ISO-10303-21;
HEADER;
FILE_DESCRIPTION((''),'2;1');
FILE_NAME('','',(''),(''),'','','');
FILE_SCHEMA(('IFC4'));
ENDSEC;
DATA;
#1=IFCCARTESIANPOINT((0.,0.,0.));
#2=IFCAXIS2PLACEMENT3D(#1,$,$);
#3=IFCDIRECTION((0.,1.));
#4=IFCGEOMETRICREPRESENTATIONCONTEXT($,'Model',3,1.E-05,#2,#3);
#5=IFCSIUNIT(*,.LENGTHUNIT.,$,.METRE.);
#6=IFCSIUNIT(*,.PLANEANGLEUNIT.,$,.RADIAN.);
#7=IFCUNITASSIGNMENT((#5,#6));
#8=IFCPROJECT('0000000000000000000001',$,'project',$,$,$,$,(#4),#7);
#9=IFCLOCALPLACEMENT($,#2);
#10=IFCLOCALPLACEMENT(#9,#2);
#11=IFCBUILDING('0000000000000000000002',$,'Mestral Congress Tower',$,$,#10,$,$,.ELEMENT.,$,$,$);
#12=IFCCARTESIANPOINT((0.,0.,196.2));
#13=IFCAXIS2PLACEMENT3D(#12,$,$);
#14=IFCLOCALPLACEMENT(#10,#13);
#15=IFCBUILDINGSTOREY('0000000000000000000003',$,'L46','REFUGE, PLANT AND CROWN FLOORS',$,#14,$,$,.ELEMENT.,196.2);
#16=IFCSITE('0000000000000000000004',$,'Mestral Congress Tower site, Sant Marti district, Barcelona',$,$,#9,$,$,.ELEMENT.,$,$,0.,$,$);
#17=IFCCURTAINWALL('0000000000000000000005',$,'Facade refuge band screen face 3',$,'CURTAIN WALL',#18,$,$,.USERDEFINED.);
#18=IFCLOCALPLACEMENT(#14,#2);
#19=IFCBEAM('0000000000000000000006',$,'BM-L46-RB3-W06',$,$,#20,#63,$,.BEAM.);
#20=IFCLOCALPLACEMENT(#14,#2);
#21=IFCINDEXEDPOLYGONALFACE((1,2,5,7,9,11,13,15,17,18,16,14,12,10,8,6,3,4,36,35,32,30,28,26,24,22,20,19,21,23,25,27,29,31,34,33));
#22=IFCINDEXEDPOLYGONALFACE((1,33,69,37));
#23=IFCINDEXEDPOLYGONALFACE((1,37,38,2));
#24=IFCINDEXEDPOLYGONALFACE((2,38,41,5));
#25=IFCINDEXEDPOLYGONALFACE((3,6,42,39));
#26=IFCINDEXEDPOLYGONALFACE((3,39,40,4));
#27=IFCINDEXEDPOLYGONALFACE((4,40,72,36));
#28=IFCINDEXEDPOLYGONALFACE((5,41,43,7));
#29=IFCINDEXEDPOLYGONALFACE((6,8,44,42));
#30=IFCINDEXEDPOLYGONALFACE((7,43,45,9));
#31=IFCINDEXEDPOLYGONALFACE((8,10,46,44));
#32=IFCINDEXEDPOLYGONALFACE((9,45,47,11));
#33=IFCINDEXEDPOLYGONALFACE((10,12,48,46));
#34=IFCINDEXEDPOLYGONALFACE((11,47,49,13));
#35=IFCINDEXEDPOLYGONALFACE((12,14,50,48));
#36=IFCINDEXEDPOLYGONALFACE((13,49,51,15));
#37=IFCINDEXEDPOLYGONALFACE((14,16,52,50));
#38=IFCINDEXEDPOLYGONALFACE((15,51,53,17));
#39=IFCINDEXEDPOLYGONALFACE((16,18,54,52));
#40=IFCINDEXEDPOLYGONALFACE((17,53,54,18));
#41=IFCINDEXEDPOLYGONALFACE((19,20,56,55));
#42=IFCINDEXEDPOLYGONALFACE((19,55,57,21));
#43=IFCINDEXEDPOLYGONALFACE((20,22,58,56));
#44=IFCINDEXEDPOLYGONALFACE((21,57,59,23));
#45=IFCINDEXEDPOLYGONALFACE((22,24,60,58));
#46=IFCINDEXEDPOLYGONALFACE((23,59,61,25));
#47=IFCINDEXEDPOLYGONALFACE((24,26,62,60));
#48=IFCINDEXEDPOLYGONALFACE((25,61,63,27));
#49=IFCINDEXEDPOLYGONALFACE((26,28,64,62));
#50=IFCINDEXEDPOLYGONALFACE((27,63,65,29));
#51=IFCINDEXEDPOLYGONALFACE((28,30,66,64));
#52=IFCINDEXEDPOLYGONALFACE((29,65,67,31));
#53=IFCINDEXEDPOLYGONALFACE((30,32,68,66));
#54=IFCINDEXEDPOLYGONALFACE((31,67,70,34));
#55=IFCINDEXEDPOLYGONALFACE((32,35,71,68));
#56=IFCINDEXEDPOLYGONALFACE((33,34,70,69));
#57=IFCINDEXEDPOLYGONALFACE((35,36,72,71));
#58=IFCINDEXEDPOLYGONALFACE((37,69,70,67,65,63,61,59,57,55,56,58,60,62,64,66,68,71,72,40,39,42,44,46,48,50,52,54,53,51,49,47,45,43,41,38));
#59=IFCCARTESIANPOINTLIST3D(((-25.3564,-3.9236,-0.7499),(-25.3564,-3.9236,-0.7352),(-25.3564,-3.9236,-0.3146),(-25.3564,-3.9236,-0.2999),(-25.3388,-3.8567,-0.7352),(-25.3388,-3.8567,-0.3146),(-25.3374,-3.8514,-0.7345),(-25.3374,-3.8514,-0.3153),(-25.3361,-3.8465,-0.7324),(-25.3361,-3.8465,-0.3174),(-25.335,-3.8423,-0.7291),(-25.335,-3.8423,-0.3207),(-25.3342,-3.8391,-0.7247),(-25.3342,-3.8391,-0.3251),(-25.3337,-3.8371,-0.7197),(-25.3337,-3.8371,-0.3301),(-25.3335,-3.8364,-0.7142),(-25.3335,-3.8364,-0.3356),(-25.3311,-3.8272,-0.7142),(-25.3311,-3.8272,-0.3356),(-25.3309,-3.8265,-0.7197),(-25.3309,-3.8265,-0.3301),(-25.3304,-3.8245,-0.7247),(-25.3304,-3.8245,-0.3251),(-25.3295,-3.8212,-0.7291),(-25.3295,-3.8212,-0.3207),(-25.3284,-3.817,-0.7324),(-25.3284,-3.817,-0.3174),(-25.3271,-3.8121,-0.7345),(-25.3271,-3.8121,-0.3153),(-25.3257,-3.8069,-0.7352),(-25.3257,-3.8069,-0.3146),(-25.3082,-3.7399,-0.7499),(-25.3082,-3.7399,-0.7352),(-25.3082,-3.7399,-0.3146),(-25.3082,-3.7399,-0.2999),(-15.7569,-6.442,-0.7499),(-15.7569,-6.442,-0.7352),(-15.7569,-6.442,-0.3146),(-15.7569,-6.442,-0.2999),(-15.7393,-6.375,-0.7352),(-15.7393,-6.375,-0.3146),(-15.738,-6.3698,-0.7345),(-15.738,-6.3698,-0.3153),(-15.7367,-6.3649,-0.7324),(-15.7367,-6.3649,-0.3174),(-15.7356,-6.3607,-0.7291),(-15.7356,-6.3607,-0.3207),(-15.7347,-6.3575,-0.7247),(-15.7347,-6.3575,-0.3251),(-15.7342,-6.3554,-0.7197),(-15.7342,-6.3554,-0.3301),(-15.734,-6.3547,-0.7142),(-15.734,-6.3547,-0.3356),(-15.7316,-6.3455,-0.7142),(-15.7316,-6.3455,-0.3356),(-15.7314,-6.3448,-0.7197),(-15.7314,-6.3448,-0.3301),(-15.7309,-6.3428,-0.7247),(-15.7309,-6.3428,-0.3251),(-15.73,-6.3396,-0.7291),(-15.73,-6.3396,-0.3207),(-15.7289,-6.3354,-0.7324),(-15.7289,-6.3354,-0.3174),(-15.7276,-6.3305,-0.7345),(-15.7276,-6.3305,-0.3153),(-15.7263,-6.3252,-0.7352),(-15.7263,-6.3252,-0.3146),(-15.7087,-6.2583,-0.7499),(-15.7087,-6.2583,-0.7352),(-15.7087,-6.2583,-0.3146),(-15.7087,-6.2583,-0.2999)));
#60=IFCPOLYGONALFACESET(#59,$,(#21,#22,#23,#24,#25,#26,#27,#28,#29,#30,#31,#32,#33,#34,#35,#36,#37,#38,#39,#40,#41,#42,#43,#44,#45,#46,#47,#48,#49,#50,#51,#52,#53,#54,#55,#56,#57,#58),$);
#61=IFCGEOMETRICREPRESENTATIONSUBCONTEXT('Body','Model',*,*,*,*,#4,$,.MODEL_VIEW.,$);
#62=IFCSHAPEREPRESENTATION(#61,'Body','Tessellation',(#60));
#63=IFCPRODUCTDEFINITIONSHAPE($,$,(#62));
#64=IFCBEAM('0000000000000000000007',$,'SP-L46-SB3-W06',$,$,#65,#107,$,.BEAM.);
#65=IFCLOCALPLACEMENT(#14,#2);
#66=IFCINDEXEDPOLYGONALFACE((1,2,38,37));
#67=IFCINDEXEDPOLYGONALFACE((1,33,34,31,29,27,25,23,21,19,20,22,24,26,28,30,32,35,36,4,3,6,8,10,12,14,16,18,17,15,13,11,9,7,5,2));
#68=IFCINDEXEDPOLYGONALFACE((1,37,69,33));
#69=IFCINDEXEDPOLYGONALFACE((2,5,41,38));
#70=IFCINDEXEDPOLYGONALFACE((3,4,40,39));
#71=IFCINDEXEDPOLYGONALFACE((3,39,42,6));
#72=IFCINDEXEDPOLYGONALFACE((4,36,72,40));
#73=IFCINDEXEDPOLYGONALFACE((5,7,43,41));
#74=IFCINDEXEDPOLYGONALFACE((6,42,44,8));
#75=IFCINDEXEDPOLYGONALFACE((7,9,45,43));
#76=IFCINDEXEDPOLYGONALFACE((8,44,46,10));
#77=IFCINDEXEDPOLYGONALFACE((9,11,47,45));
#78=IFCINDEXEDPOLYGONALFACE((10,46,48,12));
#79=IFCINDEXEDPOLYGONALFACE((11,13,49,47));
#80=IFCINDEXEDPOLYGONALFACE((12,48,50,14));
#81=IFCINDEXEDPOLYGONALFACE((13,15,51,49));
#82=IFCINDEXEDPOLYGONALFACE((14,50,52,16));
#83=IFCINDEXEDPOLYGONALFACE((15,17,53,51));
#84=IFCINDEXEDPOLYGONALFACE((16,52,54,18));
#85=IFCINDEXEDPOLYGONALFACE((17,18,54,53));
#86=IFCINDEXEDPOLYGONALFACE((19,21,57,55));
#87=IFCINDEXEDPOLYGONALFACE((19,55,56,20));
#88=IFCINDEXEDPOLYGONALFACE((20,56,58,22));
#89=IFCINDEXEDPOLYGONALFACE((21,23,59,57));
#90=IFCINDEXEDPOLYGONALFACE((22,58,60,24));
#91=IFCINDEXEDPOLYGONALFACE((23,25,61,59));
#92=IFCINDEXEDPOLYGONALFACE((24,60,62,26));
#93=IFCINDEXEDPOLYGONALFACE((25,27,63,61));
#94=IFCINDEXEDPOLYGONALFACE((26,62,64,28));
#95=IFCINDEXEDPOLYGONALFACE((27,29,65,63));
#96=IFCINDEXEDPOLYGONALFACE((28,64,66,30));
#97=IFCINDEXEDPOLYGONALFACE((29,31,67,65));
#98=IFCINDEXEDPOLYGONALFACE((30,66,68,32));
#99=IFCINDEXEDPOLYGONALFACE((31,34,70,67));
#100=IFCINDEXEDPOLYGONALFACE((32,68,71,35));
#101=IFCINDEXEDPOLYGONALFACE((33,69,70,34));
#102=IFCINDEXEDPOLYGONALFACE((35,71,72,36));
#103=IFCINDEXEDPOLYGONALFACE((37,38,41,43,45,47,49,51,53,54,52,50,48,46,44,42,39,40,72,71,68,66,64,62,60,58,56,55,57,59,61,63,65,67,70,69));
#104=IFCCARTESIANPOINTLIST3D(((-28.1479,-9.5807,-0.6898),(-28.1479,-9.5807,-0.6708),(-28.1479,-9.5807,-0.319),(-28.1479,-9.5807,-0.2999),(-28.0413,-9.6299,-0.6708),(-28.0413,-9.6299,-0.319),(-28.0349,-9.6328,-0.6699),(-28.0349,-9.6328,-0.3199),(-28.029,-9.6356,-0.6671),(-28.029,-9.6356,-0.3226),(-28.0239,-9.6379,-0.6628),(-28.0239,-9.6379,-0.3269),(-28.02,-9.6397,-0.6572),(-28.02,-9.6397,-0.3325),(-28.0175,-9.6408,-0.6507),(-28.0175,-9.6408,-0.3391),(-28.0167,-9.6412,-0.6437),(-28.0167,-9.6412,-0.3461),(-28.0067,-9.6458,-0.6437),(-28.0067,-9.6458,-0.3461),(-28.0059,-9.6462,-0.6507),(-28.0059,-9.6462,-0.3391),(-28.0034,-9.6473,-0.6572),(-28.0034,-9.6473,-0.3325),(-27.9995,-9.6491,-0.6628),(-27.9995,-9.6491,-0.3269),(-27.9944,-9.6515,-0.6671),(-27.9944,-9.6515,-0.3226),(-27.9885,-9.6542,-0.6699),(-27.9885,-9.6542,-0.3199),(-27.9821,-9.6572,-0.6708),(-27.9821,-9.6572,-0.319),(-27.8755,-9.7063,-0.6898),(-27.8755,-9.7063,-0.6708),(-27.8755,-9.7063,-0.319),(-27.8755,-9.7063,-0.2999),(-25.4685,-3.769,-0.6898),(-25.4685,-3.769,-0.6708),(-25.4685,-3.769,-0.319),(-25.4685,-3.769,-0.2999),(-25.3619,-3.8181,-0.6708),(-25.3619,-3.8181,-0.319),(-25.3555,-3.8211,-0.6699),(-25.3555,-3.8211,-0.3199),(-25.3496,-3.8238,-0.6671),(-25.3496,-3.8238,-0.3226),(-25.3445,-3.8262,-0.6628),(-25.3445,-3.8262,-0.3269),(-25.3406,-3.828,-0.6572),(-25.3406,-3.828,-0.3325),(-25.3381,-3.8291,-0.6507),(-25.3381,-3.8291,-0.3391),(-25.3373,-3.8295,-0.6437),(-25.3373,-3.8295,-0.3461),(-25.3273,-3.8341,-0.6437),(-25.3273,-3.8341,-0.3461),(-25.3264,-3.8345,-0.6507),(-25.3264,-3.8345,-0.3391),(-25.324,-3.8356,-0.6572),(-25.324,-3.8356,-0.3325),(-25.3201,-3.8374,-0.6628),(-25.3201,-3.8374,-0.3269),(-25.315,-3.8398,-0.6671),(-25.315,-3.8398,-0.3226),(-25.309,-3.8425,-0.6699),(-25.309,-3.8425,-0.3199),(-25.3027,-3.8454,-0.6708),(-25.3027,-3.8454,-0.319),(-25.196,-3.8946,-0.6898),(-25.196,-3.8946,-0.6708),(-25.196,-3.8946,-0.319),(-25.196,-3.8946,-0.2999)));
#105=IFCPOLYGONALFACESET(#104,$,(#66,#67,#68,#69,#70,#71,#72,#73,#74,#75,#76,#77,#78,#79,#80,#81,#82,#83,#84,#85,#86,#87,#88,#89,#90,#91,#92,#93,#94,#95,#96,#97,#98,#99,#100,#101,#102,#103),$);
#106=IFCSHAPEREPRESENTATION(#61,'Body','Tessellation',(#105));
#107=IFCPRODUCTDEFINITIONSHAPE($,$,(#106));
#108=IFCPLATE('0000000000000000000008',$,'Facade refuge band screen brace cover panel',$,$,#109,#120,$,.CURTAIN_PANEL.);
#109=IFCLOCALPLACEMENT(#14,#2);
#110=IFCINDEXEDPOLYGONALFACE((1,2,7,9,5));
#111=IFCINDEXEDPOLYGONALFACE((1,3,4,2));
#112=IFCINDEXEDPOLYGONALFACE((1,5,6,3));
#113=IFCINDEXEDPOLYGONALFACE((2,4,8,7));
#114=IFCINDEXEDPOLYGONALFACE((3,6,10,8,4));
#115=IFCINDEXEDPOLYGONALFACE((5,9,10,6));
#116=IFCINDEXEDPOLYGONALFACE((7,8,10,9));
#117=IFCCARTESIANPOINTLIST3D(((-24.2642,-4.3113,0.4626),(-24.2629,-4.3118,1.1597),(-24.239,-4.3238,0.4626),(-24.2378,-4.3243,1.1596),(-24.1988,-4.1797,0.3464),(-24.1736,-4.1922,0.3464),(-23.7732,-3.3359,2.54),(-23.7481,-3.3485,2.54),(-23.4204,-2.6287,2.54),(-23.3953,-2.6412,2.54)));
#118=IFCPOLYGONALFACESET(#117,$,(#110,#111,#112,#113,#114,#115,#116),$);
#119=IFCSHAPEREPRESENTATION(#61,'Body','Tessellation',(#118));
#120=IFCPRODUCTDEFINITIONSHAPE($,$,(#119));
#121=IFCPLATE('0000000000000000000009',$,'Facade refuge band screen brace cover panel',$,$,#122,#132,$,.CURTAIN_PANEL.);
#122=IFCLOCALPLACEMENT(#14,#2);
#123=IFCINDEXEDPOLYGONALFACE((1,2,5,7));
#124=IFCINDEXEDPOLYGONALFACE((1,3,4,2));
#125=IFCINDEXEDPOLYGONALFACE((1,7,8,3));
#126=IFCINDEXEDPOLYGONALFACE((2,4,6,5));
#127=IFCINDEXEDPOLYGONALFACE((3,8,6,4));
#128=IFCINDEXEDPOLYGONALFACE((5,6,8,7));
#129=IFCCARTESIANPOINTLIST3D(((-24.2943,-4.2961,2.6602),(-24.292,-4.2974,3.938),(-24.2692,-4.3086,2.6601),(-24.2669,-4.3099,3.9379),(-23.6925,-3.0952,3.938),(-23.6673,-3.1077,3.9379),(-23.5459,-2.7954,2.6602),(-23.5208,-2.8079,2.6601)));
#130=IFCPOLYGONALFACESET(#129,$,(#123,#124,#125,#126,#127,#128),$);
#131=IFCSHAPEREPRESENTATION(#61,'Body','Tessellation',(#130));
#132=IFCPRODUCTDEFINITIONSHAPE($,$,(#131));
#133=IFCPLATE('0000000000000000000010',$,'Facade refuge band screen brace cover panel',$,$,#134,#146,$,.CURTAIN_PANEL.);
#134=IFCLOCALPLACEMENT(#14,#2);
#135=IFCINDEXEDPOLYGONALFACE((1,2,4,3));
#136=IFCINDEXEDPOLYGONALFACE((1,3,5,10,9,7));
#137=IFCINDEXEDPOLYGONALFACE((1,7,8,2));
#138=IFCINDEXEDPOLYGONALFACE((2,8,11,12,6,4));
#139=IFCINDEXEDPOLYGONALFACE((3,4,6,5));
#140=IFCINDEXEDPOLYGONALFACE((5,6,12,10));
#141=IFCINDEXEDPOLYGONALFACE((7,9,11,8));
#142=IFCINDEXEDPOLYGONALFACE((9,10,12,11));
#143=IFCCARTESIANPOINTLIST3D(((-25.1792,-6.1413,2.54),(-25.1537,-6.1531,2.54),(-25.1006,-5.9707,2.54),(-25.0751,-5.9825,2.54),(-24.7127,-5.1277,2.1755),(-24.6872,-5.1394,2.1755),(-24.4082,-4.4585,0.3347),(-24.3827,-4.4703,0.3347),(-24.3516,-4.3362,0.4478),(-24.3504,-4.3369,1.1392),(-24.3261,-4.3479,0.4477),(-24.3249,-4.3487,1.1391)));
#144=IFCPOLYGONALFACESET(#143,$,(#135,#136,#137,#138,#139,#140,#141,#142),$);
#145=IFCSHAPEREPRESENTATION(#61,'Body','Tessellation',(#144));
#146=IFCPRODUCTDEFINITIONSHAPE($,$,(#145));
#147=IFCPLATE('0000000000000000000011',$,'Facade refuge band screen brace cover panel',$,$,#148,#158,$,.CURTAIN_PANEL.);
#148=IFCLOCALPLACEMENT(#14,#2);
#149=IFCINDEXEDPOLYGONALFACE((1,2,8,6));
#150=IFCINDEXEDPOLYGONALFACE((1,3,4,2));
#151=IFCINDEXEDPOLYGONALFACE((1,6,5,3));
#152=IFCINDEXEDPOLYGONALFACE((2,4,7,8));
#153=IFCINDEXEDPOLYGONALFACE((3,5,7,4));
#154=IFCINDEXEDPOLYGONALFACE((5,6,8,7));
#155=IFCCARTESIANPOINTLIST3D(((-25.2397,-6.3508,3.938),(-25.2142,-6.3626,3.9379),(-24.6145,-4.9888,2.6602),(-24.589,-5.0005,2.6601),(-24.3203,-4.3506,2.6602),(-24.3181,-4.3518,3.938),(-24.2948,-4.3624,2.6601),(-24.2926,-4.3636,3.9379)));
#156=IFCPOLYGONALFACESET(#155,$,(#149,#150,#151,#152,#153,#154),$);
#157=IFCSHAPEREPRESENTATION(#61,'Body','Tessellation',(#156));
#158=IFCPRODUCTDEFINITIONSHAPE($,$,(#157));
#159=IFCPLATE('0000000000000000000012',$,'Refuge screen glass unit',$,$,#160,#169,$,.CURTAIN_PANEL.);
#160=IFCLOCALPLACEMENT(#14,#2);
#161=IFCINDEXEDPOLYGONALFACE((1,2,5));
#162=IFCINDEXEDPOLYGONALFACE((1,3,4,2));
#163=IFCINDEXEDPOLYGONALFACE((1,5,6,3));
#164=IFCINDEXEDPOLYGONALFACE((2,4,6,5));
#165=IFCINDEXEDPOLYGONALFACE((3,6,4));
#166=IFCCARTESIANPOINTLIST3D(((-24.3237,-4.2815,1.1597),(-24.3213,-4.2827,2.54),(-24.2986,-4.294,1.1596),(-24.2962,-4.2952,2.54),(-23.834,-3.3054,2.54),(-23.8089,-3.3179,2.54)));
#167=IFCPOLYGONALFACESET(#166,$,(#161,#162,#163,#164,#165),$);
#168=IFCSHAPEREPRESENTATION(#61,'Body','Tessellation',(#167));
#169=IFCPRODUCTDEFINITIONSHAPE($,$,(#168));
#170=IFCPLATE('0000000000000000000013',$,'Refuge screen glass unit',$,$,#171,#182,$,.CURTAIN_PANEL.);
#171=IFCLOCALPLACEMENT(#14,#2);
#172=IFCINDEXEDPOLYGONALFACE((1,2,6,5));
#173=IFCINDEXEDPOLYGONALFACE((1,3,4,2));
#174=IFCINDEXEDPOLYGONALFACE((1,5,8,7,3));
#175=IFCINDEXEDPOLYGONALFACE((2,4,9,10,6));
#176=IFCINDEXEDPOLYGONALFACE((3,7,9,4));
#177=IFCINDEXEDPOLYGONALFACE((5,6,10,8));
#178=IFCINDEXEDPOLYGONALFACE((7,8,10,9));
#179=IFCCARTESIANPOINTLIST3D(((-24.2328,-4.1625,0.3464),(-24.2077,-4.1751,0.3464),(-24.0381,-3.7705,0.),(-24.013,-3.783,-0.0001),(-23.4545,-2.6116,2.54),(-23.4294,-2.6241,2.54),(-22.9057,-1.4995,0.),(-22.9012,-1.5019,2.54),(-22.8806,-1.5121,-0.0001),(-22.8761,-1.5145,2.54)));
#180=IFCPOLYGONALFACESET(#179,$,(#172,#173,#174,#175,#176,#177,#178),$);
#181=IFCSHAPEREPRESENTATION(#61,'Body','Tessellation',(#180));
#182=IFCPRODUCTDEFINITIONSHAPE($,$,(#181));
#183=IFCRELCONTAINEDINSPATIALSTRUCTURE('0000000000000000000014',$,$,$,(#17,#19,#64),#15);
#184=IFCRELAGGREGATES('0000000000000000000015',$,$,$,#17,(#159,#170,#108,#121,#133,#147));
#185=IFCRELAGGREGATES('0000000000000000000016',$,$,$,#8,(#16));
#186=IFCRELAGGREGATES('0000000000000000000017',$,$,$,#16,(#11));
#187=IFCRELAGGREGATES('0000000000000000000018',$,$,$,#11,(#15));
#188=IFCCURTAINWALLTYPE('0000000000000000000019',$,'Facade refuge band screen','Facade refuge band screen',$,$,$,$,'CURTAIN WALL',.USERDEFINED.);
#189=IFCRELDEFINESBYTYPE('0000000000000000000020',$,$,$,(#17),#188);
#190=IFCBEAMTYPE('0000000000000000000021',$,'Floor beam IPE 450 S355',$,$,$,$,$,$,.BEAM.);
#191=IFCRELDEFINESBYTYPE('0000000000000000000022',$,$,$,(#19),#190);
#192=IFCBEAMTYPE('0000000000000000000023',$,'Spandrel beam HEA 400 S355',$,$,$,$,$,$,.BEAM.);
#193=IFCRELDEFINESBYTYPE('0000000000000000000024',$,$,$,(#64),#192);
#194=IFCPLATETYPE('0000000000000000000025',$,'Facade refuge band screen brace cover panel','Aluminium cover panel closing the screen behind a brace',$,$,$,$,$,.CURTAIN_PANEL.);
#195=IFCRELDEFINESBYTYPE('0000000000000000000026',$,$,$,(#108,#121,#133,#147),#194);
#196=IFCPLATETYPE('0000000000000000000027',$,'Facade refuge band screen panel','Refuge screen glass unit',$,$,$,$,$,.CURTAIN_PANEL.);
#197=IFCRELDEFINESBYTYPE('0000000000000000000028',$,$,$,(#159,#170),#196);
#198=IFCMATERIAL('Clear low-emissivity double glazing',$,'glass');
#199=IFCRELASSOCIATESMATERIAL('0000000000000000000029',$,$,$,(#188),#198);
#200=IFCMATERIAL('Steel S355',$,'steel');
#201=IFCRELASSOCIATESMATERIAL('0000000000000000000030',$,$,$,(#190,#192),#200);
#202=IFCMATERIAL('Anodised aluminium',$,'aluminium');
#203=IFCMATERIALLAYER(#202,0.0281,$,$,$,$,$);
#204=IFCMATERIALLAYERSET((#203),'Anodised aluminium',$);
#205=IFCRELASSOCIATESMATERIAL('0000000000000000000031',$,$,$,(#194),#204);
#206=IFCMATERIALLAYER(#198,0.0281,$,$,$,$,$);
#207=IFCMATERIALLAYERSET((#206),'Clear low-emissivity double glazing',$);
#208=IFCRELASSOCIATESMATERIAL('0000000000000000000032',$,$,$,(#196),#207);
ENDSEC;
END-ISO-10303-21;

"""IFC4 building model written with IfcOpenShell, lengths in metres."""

from ifc_helpers import new_model, si_unit, direction, frame, origin, origin_2d, place, context, subcontext, project, spatial, polyline, i_section, outline, extrude, material, layer, layer_set, material_profile, profile_set, type_object, element, aggregate, save


model = new_model("IFC4")

# Units and contexts
model_context = context("Model", 3, precision=1e-05, world=origin(), true_north=direction((0.0, 1.0)))
body_context = subcontext(model_context, "Body", "Model", "MODEL_VIEW")
ifc_project = project(units=[si_unit("LENGTHUNIT", "METRE"), si_unit("PLANEANGLEUNIT", "RADIAN")], contexts=[model_context])

# Site, building, storey
site_placement = place(None, origin())
site = spatial("IfcSite", under=ifc_project, at=site_placement, Name="Mestral Congress Tower site, Sant Marti district, Barcelona", CompositionType="ELEMENT", RefElevation=0.0)
building_placement = place(site_placement, origin())
building = spatial("IfcBuilding", under=site, at=building_placement, Name="Mestral Congress Tower", CompositionType="ELEMENT")
storey_placement = place(building_placement, frame((0.0, 0.0, 196.2)))
storey = spatial("IfcBuildingStorey", under=building, at=storey_placement, Name="L46", Description="REFUGE, PLANT AND CROWN FLOORS", CompositionType="ELEMENT", Elevation=196.2)

# Shared definitions
ifc_material_1 = material(Name="Steel S355", Category="steel")

# Curtain wall
ifc_material_2 = material(Name="Clear low-emissivity double glazing", Category="glass")
curtain_wall_type = type_object("IfcCurtainWallType", Name="Facade refuge band screen", Description="Facade refuge band screen", ElementType="CURTAIN WALL", PredefinedType="USERDEFINED", material=ifc_material_2)
curtain_wall_placement = place(storey_placement, origin())
curtain_wall = element("IfcCurtainWall", 1, at=curtain_wall_placement, inside=storey, type_object=curtain_wall_type, Name="Facade refuge band screen face 3", ObjectType="CURTAIN WALL", PredefinedType="USERDEFINED")
ifc_material_3 = material(Name="Anodised aluminium", Category="aluminium")

# Beams
ifc_material_profile_1 = material_profile(ifc_material_1, i_section(OverallWidth=0.1899, OverallDepth=0.45, WebThickness=0.0095, FlangeThickness=0.0146, FilletRadius=0.021, at=origin_2d()), Name="IPE 450")
ifc_profile_set_1 = profile_set([ifc_material_profile_1], Name="Steel S355")
beam_type_1 = type_object("IfcBeamType", Name="Floor beam IPE 450 S355", PredefinedType="BEAM", material=ifc_profile_set_1)
beam_1_placement = place(storey_placement, frame((-25.3323, -3.8318, -0.5249), z_axis=(0.967269, -0.253755, 0.0), x_axis=(0.253755, 0.967269, 0.0)))
element("IfcBeam", 2, at=beam_1_placement, inside=storey, type_object=beam_type_1, Name="BM-L46-RB3-W06", PredefinedType="BEAM", context=body_context, shape_type="SweptSolid", body=[
    extrude(i_section(OverallWidth=0.1899, OverallDepth=0.45, WebThickness=0.0095, FlangeThickness=0.0146, FilletRadius=0.021, at=origin_2d()), origin(), (0.0, 0.0, 1.0), 9.9243),
])
ifc_material_profile_2 = material_profile(ifc_material_1, i_section(OverallWidth=0.3, OverallDepth=0.3899, WebThickness=0.011, FlangeThickness=0.019, FilletRadius=0.0271, at=origin_2d()), Name="HEA 400")
ifc_profile_set_2 = profile_set([ifc_material_profile_2], Name="Steel S355")
beam_type_2 = type_object("IfcBeamType", Name="Spandrel beam HEA 400 S355", PredefinedType="BEAM", material=ifc_profile_set_2)
beam_2_placement = place(storey_placement, frame((-25.3323, -3.8318, -0.4949), z_axis=(-0.418683, -0.908132, 0.0), x_axis=(0.908132, -0.418683, 0.0)))
element("IfcBeam", 3, at=beam_2_placement, inside=storey, type_object=beam_type_2, Name="SP-L46-SB3-W06", PredefinedType="BEAM", context=body_context, shape_type="SweptSolid", body=[
    extrude(i_section(OverallWidth=0.3, OverallDepth=0.3899, WebThickness=0.011, FlangeThickness=0.019, FilletRadius=0.0271, at=origin_2d()), origin(), (0.0, 0.0, 1.0), 6.3997),
])

# Plates
ifc_layer_1 = layer(ifc_material_3, 0.0281)
ifc_layer_set_1 = layer_set([ifc_layer_1], Name="Anodised aluminium")
plate_type_1 = type_object("IfcPlateType", Name="Facade refuge band screen brace cover panel", Description="Aluminium cover panel closing the screen behind a brace", PredefinedType="CURTAIN_PANEL", material=ifc_layer_set_1)
plate_1_placement = place(storey_placement, frame((-24.2642, -4.3113, 0.4626), z_axis=(-0.894835, 0.446393, 0.00189), x_axis=(0.349098, 0.702425, -0.620266)))
plate_1 = element("IfcPlate", 4, at=plate_1_placement, type_object=plate_type_1, Name="Facade refuge band screen brace cover panel", PredefinedType="CURTAIN_PANEL", context=body_context, shape_type="SweptSolid", body=[
    extrude(outline(polyline([(0.0, 0.0), (0.1874, 0.0), (0.1879, -2.797), (-0.432, -2.3068), (-0.4323, -0.5468), (0.0, 0.0)])), origin(), (0.0, 0.0, -1.0), 0.0281),
])
plate_2_placement = place(storey_placement, frame((-24.292, -4.2974, 3.938), z_axis=(-0.894894, 0.446275, 0.002042), x_axis=(-0.001788, 0.00099, -0.999998)))
plate_2 = element("IfcPlate", 5, at=plate_2_placement, type_object=plate_type_1, Name="Facade refuge band screen brace cover panel", PredefinedType="CURTAIN_PANEL", context=body_context, shape_type="SweptSolid", body=[
    extrude(outline(polyline([(0.0, 0.0), (1.2778, 0.0), (1.278, -1.6769), (0.0001, -1.3434), (0.0, 0.0)])), origin(), (0.0, 0.0, -1.0), 0.0281),
])
plate_3_placement = place(storey_placement, frame((-24.4082, -4.4585, 0.3347), z_axis=(-0.908123, 0.418699, 0.001999), x_axis=(0.321987, 0.695296, 0.642564)))
plate_3 = element("IfcPlate", 6, at=plate_3_placement, type_object=plate_type_1, Name="Facade refuge band screen brace cover panel", PredefinedType="CURTAIN_PANEL", context=body_context, shape_type="SweptSolid", body=[
    extrude(outline(polyline([(0.0, 0.0), (0.1759, 0.0), (0.6201, -0.5299), (0.6195, -1.8829), (0.1427, -2.7585), (-0.0013, -2.8792), (0.0, 0.0)])), origin(), (0.0, 0.0, -1.0), 0.0281),
])
plate_4_placement = place(storey_placement, frame((-24.3181, -4.3518, 3.938), z_axis=(-0.908135, 0.418673, 0.00194), x_axis=(-0.418674, -0.908136, 0.0)))
plate_4 = element("IfcPlate", 7, at=plate_4_placement, type_object=plate_type_1, Name="Facade refuge band screen brace cover panel", PredefinedType="CURTAIN_PANEL", context=body_context, shape_type="SweptSolid", body=[
    extrude(outline(polyline([(0.0, 0.0), (2.2012, 0.0), (0.7025, -1.2778), (-0.0002, -1.2778), (0.0, 0.0)])), origin(), (0.0, 0.0, -1.0), 0.0281),
])
ifc_layer_2 = layer(ifc_material_2, 0.0281)
ifc_layer_set_2 = layer_set([ifc_layer_2], Name="Clear low-emissivity double glazing")
plate_type_2 = type_object("IfcPlateType", Name="Facade refuge band screen panel", Description="Refuge screen glass unit", PredefinedType="CURTAIN_PANEL", material=ifc_layer_set_2)
plate_5_placement = place(storey_placement, frame((-24.3213, -4.2827, 2.54), z_axis=(-0.894917, 0.446229, 0.001977), x_axis=(-0.001769, 0.000884, -0.999998)))
plate_5 = element("IfcPlate", 8, at=plate_5_placement, type_object=plate_type_2, Name="Refuge screen glass unit", PredefinedType="CURTAIN_PANEL", context=body_context, shape_type="SweptSolid", body=[
    extrude(outline(polyline([(0.0, 0.0), (1.3804, 0.0), (0.0, -1.092), (0.0, 0.0)])), origin(), (0.0, 0.0, -1.0), 0.0281),
])
plate_6_placement = place(storey_placement, frame((-24.0381, -3.7705, 0.0), z_axis=(-0.894919, 0.446223, 0.002026), x_axis=(0.446224, 0.894921, 0.0)))
plate_6 = element("IfcPlate", 9, at=plate_6_placement, type_object=plate_type_2, Name="Refuge screen glass unit", PredefinedType="CURTAIN_PANEL", context=body_context, shape_type="SweptSolid", body=[
    extrude(outline(polyline([(0.0, 0.0), (2.5376, 0.0), (2.5375, -2.54), (1.2975, -2.54), (-0.4377, -0.3464), (0.0, 0.0)])), origin(), (0.0, 0.0, -1.0), 0.0281),
])

aggregate(curtain_wall, [plate_5, plate_6, plate_1, plate_2, plate_3, plate_4])

save(model, "model.ifc")
